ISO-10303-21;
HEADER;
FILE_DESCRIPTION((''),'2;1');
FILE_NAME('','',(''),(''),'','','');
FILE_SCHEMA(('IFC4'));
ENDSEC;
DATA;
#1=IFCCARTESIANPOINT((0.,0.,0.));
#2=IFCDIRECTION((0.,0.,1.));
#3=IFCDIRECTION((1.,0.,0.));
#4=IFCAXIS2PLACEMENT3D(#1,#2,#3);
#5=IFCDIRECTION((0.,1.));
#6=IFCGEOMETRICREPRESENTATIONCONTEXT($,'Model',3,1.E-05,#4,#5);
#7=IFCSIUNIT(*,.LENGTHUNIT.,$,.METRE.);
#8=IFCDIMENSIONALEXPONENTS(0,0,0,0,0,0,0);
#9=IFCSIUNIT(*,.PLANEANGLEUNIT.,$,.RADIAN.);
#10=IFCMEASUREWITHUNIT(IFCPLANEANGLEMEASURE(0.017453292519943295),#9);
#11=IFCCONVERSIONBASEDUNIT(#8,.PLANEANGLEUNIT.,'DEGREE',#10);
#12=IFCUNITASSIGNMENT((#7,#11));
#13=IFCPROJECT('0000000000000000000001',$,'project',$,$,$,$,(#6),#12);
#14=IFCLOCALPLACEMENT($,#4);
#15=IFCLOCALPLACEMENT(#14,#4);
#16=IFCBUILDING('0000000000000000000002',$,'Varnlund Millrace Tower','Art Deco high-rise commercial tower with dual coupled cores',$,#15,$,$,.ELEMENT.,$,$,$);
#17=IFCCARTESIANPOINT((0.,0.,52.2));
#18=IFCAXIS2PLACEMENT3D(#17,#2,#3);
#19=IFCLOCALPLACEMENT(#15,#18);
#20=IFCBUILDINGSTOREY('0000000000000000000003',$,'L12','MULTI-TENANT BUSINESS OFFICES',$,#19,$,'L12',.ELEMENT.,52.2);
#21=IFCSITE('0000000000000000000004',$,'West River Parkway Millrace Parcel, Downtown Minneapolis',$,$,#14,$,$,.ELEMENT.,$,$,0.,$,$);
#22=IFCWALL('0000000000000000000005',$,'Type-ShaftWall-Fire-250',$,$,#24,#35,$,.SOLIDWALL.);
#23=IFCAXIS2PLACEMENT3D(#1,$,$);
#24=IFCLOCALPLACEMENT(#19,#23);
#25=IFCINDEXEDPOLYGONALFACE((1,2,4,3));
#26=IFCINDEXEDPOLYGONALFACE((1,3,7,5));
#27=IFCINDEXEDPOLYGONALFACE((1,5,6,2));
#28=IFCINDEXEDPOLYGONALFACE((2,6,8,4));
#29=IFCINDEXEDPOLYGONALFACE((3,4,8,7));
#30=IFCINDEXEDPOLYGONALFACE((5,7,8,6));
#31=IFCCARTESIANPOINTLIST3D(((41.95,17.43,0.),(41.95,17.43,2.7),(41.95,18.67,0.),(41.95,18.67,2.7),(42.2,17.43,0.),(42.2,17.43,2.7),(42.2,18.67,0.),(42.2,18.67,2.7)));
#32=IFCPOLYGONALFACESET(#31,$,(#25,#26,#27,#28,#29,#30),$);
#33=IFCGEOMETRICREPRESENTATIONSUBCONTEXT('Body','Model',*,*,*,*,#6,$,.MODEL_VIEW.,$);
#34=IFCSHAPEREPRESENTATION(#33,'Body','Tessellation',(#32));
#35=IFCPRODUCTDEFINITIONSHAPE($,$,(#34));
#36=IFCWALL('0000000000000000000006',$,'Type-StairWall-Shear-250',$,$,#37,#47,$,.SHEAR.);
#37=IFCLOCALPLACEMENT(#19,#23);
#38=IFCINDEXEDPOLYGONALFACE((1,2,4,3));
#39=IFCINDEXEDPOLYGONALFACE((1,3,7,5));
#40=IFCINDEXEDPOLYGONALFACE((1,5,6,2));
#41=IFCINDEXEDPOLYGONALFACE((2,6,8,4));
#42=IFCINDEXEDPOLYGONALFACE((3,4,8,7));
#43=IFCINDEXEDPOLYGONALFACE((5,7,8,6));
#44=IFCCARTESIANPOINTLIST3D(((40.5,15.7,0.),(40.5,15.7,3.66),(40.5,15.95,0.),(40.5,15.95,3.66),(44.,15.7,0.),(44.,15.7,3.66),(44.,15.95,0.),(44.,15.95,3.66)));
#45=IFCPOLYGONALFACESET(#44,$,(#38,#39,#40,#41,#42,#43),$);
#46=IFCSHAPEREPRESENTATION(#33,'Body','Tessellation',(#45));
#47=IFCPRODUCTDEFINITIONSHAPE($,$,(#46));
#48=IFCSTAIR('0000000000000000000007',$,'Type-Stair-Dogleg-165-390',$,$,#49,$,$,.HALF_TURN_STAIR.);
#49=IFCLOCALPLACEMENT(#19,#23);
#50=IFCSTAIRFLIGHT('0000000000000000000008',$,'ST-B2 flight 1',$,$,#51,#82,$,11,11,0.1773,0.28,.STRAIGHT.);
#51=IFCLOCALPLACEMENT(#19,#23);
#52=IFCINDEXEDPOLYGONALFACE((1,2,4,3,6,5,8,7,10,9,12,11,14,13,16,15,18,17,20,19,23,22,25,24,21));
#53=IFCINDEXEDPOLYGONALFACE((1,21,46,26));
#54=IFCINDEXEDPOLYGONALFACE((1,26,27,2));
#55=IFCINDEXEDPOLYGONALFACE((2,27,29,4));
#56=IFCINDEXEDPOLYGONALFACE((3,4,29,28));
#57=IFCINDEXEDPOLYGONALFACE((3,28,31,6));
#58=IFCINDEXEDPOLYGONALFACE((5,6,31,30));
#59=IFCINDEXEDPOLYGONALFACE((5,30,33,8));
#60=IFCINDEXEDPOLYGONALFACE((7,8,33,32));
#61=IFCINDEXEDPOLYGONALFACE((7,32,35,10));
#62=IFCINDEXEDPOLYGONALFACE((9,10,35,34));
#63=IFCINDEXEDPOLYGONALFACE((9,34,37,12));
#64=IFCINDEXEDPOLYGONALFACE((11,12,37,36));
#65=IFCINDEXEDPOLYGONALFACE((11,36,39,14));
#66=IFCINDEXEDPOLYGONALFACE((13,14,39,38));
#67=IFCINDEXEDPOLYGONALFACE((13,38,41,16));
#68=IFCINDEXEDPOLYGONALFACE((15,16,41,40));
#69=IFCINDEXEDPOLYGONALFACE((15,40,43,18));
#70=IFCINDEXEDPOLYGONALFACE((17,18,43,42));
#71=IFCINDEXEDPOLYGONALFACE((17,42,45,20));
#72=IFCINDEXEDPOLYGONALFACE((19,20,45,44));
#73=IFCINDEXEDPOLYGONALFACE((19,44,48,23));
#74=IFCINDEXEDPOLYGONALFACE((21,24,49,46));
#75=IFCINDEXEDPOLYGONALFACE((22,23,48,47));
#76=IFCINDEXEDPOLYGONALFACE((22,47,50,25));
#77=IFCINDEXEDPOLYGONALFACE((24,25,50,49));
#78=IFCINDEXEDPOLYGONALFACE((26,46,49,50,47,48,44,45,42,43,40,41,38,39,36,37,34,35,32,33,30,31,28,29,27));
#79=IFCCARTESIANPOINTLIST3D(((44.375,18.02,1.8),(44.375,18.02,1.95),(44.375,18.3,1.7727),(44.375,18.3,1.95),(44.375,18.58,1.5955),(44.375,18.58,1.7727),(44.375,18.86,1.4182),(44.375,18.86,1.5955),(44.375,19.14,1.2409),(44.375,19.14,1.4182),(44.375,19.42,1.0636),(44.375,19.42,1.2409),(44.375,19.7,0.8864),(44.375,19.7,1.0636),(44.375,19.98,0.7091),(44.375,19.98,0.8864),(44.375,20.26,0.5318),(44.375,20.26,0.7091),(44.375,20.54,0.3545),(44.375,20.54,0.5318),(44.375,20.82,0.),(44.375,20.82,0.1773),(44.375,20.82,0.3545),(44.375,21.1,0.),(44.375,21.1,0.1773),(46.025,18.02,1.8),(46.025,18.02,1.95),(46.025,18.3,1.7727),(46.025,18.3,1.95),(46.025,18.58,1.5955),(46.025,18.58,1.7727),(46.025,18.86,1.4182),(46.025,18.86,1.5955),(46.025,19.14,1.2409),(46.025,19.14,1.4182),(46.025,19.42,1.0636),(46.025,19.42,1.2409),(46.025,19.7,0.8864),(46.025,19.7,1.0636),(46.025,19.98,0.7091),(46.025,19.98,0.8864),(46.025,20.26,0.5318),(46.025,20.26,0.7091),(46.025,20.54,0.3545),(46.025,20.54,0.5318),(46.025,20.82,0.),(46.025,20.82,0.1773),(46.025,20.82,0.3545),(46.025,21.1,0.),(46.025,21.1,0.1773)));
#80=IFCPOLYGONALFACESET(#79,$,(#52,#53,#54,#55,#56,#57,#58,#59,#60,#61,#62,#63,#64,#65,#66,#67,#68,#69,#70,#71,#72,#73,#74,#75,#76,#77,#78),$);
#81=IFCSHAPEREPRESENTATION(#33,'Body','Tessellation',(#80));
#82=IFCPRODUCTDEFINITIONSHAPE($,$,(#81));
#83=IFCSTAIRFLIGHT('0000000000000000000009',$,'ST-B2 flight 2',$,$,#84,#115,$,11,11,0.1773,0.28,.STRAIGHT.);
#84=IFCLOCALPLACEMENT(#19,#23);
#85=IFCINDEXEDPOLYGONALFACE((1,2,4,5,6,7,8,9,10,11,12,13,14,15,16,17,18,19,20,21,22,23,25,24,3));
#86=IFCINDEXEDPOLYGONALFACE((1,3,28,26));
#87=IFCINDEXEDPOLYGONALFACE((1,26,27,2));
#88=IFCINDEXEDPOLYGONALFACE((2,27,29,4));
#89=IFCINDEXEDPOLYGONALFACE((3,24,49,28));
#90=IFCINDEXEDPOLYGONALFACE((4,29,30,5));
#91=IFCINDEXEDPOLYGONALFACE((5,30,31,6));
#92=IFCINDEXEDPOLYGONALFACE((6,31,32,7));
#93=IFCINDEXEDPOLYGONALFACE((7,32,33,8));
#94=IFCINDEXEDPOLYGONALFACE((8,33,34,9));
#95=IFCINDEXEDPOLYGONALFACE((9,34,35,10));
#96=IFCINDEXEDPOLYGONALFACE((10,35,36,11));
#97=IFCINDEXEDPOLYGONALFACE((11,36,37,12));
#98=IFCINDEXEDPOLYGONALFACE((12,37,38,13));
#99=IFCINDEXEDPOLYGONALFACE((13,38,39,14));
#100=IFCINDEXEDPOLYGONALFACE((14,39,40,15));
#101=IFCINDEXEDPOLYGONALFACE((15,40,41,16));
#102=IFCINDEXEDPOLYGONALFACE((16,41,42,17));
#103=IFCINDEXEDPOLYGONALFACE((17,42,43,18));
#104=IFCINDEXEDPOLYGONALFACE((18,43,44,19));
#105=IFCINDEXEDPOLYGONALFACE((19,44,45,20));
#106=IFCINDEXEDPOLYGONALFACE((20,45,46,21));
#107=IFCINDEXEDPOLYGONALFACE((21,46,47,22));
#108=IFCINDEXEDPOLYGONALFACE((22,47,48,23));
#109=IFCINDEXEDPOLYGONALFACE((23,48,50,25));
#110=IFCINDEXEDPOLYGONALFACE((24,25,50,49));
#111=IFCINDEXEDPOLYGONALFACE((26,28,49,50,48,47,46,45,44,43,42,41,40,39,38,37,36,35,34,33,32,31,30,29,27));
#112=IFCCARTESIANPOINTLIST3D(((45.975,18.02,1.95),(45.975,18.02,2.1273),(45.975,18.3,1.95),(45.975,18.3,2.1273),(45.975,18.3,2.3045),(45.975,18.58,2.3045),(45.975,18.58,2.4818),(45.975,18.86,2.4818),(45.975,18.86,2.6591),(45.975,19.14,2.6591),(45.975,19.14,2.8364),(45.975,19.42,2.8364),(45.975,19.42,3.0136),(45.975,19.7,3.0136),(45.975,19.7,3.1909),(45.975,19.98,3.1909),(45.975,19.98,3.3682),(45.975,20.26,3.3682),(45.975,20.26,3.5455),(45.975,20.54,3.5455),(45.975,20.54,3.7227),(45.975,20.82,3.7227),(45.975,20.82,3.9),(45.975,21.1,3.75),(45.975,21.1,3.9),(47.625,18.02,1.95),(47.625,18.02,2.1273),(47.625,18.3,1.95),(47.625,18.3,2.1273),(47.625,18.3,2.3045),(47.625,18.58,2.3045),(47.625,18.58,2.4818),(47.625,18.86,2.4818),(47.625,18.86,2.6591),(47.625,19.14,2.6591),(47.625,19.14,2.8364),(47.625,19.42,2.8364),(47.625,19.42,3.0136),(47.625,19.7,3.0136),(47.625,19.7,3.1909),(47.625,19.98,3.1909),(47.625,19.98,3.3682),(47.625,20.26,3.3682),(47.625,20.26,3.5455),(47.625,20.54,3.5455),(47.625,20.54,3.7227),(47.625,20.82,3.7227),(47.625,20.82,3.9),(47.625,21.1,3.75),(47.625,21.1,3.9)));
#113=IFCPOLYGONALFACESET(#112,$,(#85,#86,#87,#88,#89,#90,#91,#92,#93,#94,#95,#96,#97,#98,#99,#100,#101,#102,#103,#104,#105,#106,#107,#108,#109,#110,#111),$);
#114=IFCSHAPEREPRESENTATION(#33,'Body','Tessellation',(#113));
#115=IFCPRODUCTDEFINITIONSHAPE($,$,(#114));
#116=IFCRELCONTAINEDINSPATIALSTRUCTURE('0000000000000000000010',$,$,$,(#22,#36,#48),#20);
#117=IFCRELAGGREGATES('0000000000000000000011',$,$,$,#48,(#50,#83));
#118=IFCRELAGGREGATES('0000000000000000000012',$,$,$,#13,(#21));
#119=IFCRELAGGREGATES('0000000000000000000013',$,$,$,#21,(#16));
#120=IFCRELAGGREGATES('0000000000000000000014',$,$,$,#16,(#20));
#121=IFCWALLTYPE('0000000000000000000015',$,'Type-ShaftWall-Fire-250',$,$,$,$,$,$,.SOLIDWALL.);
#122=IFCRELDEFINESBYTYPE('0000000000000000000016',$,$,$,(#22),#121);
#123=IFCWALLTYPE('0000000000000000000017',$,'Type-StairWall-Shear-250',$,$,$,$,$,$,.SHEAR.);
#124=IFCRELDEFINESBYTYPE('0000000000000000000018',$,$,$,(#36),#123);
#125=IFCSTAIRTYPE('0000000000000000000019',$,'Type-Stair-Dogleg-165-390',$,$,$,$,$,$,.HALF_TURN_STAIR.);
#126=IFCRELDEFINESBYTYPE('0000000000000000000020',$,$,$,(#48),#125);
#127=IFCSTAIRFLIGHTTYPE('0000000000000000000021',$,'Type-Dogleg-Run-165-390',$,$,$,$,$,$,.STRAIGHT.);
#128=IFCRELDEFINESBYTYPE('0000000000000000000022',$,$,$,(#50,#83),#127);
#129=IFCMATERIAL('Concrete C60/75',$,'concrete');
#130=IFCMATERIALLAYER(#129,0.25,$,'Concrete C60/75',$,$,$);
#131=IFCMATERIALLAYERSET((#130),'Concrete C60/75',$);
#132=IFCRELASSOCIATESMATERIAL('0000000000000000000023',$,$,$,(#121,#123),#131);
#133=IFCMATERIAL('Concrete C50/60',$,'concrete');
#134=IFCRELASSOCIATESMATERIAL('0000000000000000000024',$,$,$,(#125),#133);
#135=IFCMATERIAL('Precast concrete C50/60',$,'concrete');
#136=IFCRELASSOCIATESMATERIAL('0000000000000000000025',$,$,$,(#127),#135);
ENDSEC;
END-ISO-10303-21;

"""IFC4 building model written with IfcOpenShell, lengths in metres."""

from ifc_helpers import new_model, entity, si_unit, converted_unit, direction, frame, origin_with_axes, place, context, subcontext, project, spatial, polyline, outline, extrude, material, layer, layer_set, type_object, element, aggregate, save


model = new_model("IFC4")

# Units and contexts
model_context = context("Model", 3, precision=1e-05, world=origin_with_axes(), true_north=direction((0.0, 1.0)))
body_context = subcontext(model_context, "Body", "Model", "MODEL_VIEW")
ifc_project = project(units=[si_unit("LENGTHUNIT", "METRE"), converted_unit("PLANEANGLEUNIT", "DEGREE", entity("IfcPlaneAngleMeasure", 0.017453292519943295), si_unit("PLANEANGLEUNIT", "RADIAN"), dimensions=[0, 0, 0, 0, 0, 0, 0])], contexts=[model_context])

# Site, building, storey
site_placement = place(None, origin_with_axes())
site = spatial("IfcSite", under=ifc_project, at=site_placement, Name="West River Parkway Millrace Parcel, Downtown Minneapolis", CompositionType="ELEMENT", RefElevation=0.0)
building_placement = place(site_placement, origin_with_axes())
building = spatial("IfcBuilding", under=site, at=building_placement, Name="Varnlund Millrace Tower", Description="Art Deco high-rise commercial tower with dual coupled cores", CompositionType="ELEMENT")
storey_placement = place(building_placement, frame((0.0, 0.0, 52.2), z_axis=(0.0, 0.0, 1.0), x_axis=(1.0, 0.0, 0.0)))
storey = spatial("IfcBuildingStorey", under=building, at=storey_placement, Name="L12", Description="MULTI-TENANT BUSINESS OFFICES", LongName="L12", CompositionType="ELEMENT", Elevation=52.2)

# Shared definitions
ifc_material_1 = material(Name="Precast concrete C50/60", Category="concrete")

# Shared definitions
ifc_material_2 = material(Name="Concrete C60/75", Category="concrete")
ifc_layer_1 = layer(ifc_material_2, 0.25, Name="Concrete C60/75")
ifc_layer_set_1 = layer_set([ifc_layer_1], Name="Concrete C60/75")
wall_type_1 = type_object("IfcWallType", Name="Type-ShaftWall-Fire-250", PredefinedType="SOLIDWALL", material=ifc_layer_set_1)

# Walls
wall_1_placement = place(storey_placement, frame((42.075, 17.43, 0.0), z_axis=(0.0, 0.0, 1.0), x_axis=(0.0, 1.0, 0.0)))
element("IfcWall", 1, at=wall_1_placement, inside=storey, type_object=wall_type_1, Name="Type-ShaftWall-Fire-250", PredefinedType="SOLIDWALL", context=body_context, shape_type="SweptSolid", body=[
    extrude(outline(polyline([(0.0, -0.125), (1.24, -0.125), (1.24, 0.125), (0.0, 0.125), (0.0, -0.125)])), origin_with_axes(), (0.0, 0.0, 1.0), 2.7),
])
wall_type_2 = type_object("IfcWallType", Name="Type-StairWall-Shear-250", PredefinedType="SHEAR", material=ifc_layer_set_1)
wall_2_placement = place(storey_placement, frame((40.5, 15.825, 0.0), z_axis=(0.0, 0.0, 1.0), x_axis=(1.0, 0.0, 0.0)))
element("IfcWall", 2, at=wall_2_placement, inside=storey, type_object=wall_type_2, Name="Type-StairWall-Shear-250", PredefinedType="SHEAR", context=body_context, shape_type="SweptSolid", body=[
    extrude(outline(polyline([(0.0, -0.125), (3.5, -0.125), (3.5, 0.125), (0.0, 0.125), (0.0, -0.125)])), origin_with_axes(), (0.0, 0.0, 1.0), 3.66),
])

# Stair, stair flights
ifc_material_3 = material(Name="Concrete C50/60", Category="concrete")
stair_type = type_object("IfcStairType", Name="Type-Stair-Dogleg-165-390", PredefinedType="HALF_TURN_STAIR", material=ifc_material_3)
stair_placement = place(storey_placement, origin_with_axes())
stair = element("IfcStair", 3, at=stair_placement, inside=storey, type_object=stair_type, Name="Type-Stair-Dogleg-165-390", PredefinedType="HALF_TURN_STAIR")
stair_flight_type = type_object("IfcStairFlightType", Name="Type-Dogleg-Run-165-390", PredefinedType="STRAIGHT", material=ifc_material_1)
stair_flight_1_placement = place(storey_placement, frame((46.025, 21.1, 0.0), z_axis=(-1.0, 0.0, 0.0), x_axis=(0.0, -1.0, 0.0)))
stair_flight_1 = element("IfcStairFlight", 4, at=stair_flight_1_placement, type_object=stair_flight_type, Name="ST-B2 flight 1", NumberOfRisers=11, NumberOfTreads=11, PredefinedType="STRAIGHT", RiserHeight=0.1773, TreadLength=0.28, context=body_context, shape_type="SweptSolid", body=[
    extrude(outline(polyline([(0.0, 0.0), (0.0, 0.1773), (0.28, 0.1773), (0.28, 0.3545), (0.56, 0.3545), (0.56, 0.5318), (0.84, 0.5318), (0.84, 0.7091), (1.12, 0.7091), (1.12, 0.8864), (1.4, 0.8864), (1.4, 1.0636), (1.68, 1.0636), (1.68, 1.2409), (1.96, 1.2409), (1.96, 1.4182), (2.24, 1.4182), (2.24, 1.5955), (2.52, 1.5955), (2.52, 1.7727), (2.8, 1.7727), (2.8, 1.95), (3.08, 1.95), (3.08, 1.8), (0.28, 0.0), (0.0, 0.0)])), origin_with_axes(), (0.0, 0.0, 1.0), 1.65),
])
stair_flight_2_placement = place(storey_placement, frame((45.975, 18.02, 1.95), z_axis=(1.0, 0.0, 0.0), x_axis=(0.0, 1.0, 0.0)))
stair_flight_2 = element("IfcStairFlight", 5, at=stair_flight_2_placement, type_object=stair_flight_type, Name="ST-B2 flight 2", NumberOfRisers=11, NumberOfTreads=11, PredefinedType="STRAIGHT", RiserHeight=0.1773, TreadLength=0.28, context=body_context, shape_type="SweptSolid", body=[
    extrude(outline(polyline([(0.0, 0.0), (0.0, 0.1773), (0.28, 0.1773), (0.28, 0.3545), (0.56, 0.3545), (0.56, 0.5318), (0.84, 0.5318), (0.84, 0.7091), (1.12, 0.7091), (1.12, 0.8864), (1.4, 0.8864), (1.4, 1.0636), (1.68, 1.0636), (1.68, 1.2409), (1.96, 1.2409), (1.96, 1.4182), (2.24, 1.4182), (2.24, 1.5955), (2.52, 1.5955), (2.52, 1.7727), (2.8, 1.7727), (2.8, 1.95), (3.08, 1.95), (3.08, 1.8), (0.28, 0.0), (0.0, 0.0)])), origin_with_axes(), (0.0, 0.0, 1.0), 1.65),
])
aggregate(stair, [stair_flight_1, stair_flight_2])

save(model, "model.ifc")
